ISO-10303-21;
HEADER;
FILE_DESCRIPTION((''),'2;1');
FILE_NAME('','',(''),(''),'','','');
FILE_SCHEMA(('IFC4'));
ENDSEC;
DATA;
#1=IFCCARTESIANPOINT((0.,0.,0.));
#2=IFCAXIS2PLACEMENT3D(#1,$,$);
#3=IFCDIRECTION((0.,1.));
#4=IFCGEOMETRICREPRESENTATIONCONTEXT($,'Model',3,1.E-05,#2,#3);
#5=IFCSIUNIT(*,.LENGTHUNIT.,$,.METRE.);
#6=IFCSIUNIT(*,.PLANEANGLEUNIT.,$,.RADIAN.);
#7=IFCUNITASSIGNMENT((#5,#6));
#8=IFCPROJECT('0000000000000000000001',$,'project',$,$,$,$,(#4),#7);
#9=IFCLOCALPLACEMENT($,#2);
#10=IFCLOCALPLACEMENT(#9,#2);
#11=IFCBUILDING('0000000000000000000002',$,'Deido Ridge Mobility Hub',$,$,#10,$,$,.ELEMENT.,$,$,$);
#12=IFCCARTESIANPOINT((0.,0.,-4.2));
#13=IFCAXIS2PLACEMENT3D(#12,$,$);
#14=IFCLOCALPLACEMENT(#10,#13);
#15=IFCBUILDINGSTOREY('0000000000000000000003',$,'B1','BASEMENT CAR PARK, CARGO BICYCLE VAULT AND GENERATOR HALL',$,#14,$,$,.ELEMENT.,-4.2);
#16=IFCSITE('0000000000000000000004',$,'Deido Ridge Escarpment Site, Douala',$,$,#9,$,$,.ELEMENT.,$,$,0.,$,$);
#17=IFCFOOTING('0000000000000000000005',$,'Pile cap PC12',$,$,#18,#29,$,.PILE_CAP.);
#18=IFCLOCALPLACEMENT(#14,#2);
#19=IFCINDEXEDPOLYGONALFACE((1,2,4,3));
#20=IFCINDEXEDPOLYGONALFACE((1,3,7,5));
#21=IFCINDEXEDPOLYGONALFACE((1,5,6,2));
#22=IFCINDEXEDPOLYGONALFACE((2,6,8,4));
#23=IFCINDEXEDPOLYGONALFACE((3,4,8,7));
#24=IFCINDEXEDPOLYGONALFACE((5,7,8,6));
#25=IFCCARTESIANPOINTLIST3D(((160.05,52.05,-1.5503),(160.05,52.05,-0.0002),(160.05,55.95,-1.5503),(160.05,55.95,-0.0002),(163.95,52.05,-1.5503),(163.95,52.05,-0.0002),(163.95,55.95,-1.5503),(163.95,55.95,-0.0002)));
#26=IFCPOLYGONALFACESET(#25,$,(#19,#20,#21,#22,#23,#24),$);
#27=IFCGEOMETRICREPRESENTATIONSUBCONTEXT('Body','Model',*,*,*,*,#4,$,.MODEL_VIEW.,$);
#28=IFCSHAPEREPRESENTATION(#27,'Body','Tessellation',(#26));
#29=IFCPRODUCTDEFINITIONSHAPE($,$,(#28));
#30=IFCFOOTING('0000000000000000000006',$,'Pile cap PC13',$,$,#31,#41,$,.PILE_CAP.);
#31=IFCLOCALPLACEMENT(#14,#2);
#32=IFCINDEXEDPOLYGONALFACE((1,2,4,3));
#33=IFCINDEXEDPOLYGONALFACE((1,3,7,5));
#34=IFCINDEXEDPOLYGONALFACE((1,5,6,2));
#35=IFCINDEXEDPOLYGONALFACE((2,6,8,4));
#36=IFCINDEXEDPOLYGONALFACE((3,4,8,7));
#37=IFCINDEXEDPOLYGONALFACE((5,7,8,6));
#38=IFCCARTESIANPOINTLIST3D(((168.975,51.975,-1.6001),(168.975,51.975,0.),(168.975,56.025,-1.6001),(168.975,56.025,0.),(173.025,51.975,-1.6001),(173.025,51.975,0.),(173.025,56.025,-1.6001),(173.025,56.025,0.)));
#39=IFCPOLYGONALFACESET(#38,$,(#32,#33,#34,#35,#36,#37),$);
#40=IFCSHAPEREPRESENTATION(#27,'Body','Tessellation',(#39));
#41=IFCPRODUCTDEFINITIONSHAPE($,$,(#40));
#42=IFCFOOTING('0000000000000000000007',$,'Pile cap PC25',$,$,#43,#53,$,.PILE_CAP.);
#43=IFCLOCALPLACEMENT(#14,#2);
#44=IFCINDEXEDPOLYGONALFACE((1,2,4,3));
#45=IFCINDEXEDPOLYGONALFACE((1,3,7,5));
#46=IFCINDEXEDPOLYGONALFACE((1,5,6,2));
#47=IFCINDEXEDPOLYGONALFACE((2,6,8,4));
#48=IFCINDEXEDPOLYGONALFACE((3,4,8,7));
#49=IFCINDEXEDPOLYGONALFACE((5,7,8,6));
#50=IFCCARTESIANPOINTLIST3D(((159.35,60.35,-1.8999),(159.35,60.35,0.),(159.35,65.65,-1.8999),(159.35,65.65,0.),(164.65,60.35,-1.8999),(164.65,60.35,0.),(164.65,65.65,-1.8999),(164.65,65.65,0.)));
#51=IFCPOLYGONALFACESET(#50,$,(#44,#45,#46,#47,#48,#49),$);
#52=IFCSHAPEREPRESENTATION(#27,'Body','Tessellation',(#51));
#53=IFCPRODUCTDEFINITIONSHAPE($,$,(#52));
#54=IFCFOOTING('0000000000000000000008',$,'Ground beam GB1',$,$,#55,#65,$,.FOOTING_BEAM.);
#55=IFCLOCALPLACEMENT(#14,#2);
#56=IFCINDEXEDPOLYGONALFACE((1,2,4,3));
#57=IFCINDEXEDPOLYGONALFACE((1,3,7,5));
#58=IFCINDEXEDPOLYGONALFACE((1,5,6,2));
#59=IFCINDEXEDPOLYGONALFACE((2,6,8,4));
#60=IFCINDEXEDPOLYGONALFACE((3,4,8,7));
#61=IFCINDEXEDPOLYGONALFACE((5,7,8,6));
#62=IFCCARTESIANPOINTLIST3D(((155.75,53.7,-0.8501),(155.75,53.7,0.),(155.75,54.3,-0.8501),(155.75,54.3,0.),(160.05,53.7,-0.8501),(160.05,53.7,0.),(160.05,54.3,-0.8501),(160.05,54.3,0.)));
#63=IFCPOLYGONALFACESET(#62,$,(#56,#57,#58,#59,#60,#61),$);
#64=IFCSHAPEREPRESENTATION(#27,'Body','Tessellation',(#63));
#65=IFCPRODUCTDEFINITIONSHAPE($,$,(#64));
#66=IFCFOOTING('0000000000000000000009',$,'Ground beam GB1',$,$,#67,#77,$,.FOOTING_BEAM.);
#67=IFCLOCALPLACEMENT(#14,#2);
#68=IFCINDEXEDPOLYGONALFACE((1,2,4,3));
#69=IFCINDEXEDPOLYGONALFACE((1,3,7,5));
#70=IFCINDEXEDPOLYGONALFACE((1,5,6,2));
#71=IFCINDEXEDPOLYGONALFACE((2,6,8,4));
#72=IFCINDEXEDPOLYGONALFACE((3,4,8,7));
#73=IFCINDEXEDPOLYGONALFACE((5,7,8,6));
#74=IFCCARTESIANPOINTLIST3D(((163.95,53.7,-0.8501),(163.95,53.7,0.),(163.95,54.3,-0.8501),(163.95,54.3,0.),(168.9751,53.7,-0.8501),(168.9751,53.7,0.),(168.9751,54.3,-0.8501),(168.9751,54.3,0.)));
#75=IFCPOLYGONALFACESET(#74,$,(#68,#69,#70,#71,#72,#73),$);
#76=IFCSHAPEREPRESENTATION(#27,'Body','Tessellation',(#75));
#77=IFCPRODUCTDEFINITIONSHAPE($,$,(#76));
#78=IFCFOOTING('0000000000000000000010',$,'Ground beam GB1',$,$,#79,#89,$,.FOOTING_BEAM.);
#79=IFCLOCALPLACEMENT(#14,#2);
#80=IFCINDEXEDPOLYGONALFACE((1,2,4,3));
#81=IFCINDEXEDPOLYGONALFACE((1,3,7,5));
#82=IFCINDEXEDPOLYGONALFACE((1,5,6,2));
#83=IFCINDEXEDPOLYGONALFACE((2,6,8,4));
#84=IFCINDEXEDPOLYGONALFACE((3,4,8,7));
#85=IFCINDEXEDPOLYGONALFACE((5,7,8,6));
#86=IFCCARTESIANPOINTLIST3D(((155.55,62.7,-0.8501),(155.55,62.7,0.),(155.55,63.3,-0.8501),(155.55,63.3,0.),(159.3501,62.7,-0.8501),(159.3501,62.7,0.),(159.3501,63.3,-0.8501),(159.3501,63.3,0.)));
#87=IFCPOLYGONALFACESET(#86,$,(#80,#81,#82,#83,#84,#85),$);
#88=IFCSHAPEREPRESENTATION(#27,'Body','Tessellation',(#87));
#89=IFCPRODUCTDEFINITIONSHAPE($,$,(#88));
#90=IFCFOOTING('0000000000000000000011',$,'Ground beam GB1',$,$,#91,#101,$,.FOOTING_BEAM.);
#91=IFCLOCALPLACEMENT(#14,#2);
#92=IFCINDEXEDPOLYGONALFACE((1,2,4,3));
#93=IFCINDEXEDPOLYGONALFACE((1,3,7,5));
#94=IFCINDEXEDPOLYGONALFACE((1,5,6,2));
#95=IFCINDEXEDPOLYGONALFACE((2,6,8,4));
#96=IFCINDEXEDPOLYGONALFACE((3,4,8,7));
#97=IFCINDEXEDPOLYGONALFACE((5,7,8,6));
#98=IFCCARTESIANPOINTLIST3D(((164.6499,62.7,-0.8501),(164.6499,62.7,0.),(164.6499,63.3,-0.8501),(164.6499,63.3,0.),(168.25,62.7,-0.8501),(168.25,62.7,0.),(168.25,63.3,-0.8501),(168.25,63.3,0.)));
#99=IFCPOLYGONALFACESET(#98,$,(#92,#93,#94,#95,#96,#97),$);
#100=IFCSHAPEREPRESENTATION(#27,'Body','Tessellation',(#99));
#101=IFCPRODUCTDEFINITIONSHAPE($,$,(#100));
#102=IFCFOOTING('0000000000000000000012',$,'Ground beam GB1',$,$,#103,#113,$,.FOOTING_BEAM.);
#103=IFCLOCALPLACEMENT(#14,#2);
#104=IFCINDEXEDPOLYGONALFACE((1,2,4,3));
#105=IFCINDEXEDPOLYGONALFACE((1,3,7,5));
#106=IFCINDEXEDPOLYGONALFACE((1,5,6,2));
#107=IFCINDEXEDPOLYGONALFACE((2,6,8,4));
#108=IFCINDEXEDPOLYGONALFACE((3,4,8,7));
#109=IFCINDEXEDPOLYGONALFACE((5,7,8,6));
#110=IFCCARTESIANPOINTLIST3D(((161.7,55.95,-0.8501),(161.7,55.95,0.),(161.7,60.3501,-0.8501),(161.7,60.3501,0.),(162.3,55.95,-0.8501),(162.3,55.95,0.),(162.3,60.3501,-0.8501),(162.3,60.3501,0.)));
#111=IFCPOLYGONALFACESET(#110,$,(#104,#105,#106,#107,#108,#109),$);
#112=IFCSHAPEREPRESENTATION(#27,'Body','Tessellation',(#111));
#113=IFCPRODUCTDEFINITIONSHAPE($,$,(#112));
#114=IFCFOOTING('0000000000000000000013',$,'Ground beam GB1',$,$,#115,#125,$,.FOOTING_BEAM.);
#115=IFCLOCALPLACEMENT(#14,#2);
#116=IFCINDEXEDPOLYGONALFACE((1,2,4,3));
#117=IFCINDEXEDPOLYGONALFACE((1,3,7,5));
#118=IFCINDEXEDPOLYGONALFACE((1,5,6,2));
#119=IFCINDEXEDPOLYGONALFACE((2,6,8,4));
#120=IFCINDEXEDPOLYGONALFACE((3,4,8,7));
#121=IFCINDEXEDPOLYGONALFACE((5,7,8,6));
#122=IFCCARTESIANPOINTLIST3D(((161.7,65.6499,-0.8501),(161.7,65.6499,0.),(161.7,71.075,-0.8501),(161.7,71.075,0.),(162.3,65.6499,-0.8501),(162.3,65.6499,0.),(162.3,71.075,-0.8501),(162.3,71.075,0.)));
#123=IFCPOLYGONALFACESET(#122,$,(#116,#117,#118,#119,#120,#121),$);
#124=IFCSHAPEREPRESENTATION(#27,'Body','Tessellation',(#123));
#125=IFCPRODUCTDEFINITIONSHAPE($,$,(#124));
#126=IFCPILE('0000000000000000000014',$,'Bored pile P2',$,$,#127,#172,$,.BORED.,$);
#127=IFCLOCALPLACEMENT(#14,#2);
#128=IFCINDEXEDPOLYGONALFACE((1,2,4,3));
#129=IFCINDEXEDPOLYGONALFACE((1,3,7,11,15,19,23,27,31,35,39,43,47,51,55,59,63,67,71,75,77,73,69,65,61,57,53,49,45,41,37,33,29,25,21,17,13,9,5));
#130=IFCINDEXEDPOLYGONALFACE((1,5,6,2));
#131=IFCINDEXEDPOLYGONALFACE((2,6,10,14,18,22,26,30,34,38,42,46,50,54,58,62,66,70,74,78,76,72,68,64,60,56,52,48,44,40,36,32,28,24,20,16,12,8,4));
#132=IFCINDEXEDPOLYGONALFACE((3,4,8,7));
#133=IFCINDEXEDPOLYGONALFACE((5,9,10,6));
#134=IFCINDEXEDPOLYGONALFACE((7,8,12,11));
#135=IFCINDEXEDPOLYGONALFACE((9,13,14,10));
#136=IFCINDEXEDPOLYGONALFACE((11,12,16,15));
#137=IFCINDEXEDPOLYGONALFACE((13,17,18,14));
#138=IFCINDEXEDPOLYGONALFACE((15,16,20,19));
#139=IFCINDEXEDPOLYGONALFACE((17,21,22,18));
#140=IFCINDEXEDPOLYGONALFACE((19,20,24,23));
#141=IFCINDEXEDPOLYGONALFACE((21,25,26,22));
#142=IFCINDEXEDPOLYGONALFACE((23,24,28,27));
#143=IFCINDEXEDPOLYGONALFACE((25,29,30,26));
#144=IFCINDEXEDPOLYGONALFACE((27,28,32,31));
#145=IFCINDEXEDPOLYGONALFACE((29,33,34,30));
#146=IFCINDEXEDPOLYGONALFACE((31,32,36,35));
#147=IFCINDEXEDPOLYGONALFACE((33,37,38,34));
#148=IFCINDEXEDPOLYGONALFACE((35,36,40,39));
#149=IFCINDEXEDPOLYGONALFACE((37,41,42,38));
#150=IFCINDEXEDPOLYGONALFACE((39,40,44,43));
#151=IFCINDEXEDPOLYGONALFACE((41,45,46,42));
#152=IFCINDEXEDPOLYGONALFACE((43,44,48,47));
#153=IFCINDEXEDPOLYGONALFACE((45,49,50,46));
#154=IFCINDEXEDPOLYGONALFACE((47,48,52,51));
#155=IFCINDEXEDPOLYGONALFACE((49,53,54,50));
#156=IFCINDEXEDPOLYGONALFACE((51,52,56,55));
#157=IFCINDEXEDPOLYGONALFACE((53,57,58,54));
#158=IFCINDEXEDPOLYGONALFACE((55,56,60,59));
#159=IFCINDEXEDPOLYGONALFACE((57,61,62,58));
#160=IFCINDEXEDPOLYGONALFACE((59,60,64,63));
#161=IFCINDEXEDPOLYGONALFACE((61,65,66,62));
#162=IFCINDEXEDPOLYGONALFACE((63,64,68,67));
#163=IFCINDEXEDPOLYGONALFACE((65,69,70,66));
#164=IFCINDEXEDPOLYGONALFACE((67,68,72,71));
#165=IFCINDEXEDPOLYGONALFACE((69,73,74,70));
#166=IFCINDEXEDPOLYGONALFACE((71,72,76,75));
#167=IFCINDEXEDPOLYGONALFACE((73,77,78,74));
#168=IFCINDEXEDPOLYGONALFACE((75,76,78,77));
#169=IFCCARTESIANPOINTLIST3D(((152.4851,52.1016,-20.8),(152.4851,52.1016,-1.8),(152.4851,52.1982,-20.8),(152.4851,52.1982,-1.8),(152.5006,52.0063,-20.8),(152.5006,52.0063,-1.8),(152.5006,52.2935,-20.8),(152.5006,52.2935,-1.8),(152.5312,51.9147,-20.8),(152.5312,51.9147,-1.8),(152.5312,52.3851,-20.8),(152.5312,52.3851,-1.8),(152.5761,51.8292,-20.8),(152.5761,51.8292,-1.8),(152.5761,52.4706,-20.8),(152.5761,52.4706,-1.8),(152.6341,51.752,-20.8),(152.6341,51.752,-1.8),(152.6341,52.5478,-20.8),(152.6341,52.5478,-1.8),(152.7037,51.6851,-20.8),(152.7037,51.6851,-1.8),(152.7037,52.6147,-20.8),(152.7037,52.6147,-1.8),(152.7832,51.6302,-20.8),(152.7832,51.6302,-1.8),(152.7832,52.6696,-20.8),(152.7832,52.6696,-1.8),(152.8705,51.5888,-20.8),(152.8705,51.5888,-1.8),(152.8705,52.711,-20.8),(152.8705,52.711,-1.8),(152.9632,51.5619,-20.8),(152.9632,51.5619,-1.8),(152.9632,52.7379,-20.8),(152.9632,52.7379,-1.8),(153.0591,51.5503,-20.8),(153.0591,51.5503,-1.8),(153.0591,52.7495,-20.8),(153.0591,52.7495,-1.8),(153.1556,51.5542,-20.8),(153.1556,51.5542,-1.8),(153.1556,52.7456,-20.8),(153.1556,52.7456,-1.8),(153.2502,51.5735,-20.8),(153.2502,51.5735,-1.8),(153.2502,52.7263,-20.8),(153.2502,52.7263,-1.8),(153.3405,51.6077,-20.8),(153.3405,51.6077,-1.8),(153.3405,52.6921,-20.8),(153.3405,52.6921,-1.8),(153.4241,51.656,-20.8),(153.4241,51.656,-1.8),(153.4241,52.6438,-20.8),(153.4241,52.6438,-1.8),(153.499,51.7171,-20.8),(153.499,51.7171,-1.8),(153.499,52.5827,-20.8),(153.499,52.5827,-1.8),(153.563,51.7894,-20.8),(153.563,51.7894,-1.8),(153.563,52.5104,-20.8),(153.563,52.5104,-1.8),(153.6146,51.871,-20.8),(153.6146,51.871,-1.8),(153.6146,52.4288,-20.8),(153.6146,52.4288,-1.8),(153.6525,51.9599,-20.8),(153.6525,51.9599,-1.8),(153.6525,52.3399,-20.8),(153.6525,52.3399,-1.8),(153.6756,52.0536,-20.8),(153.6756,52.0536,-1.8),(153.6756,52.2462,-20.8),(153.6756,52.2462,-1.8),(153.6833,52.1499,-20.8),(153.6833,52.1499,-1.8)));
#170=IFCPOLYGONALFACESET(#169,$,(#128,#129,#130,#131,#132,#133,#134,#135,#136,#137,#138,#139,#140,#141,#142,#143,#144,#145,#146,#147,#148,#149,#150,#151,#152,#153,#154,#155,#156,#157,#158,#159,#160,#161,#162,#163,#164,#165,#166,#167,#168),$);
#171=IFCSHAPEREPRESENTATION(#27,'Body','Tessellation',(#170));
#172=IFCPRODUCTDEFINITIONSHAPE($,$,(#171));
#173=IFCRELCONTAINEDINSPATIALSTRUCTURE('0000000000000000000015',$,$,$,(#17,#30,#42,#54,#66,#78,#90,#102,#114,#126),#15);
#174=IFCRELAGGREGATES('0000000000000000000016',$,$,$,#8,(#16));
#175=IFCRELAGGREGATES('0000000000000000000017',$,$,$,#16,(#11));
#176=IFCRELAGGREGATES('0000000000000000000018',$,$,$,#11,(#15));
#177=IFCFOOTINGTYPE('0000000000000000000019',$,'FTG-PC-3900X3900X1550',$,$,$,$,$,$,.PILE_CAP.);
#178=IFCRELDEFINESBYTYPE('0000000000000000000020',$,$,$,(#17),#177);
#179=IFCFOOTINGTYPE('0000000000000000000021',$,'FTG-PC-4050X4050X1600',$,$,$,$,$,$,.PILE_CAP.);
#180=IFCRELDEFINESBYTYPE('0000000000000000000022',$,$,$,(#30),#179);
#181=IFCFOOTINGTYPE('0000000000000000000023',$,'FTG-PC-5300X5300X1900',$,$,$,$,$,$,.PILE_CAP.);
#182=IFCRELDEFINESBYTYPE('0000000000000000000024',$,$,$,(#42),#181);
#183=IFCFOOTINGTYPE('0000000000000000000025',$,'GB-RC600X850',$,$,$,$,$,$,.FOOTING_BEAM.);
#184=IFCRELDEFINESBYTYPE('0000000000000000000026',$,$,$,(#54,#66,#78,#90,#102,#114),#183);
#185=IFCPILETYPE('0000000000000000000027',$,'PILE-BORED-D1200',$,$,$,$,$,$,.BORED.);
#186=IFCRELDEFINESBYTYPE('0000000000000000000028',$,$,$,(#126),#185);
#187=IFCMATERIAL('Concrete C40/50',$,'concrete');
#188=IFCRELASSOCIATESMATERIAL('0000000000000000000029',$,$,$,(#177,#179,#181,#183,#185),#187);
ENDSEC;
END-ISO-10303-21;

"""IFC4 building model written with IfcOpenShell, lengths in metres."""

from ifc_helpers import new_model, si_unit, direction, frame, origin, origin_2d, place, context, subcontext, project, spatial, rectangle, circle, extrude, material, material_profile, profile_set, type_object, element, save


model = new_model("IFC4")

# Units and contexts
model_context = context("Model", 3, precision=1e-05, world=origin(), true_north=direction((0.0, 1.0)))
body_context = subcontext(model_context, "Body", "Model", "MODEL_VIEW")
ifc_project = project(units=[si_unit("LENGTHUNIT", "METRE"), si_unit("PLANEANGLEUNIT", "RADIAN")], contexts=[model_context])

# Site, building, storey
site_placement = place(None, origin())
site = spatial("IfcSite", under=ifc_project, at=site_placement, Name="Deido Ridge Escarpment Site, Douala", CompositionType="ELEMENT", RefElevation=0.0)
building_placement = place(site_placement, origin())
building = spatial("IfcBuilding", under=site, at=building_placement, Name="Deido Ridge Mobility Hub", CompositionType="ELEMENT")
storey_placement = place(building_placement, frame((0.0, 0.0, -4.2)))
storey = spatial("IfcBuildingStorey", under=building, at=storey_placement, Name="B1", Description="BASEMENT CAR PARK, CARGO BICYCLE VAULT AND GENERATOR HALL", CompositionType="ELEMENT", Elevation=-4.2)

# Footings
ifc_material_1 = material(Name="Concrete C40/50", Category="concrete")
footing_type_1 = type_object("IfcFootingType", Name="FTG-PC-3900X3900X1550", PredefinedType="PILE_CAP", material=ifc_material_1)
footing_1_placement = place(storey_placement, frame((162.0, 54.0, -1.5503), z_axis=(0.0, 0.0, 1.0), x_axis=(1.0, 0.0, 0.0)))
element("IfcFooting", 1, at=footing_1_placement, inside=storey, type_object=footing_type_1, Name="Pile cap PC12", PredefinedType="PILE_CAP", context=body_context, shape_type="SweptSolid", body=[
    extrude(rectangle(XDim=3.8999, YDim=3.8999, at=origin_2d()), origin(), (0.0, 0.0, 1.0), 1.55),
])
footing_type_2 = type_object("IfcFootingType", Name="FTG-PC-4050X4050X1600", PredefinedType="PILE_CAP", material=ifc_material_1)
footing_2_placement = place(storey_placement, frame((171.0, 54.0, -1.6001), z_axis=(0.0, 0.0, 1.0), x_axis=(1.0, 0.0, 0.0)))
element("IfcFooting", 2, at=footing_2_placement, inside=storey, type_object=footing_type_2, Name="Pile cap PC13", PredefinedType="PILE_CAP", context=body_context, shape_type="SweptSolid", body=[
    extrude(rectangle(XDim=4.05, YDim=4.05, at=origin_2d()), origin(), (0.0, 0.0, 1.0), 1.6001),
])
footing_type_3 = type_object("IfcFootingType", Name="FTG-PC-5300X5300X1900", PredefinedType="PILE_CAP", material=ifc_material_1)
footing_3_placement = place(storey_placement, frame((162.0, 63.0, -1.8999), z_axis=(0.0, 0.0, 1.0), x_axis=(1.0, 0.0, 0.0)))
element("IfcFooting", 3, at=footing_3_placement, inside=storey, type_object=footing_type_3, Name="Pile cap PC25", PredefinedType="PILE_CAP", context=body_context, shape_type="SweptSolid", body=[
    extrude(rectangle(XDim=5.3, YDim=5.3, at=origin_2d()), origin(), (0.0, 0.0, 1.0), 1.8999),
])
ifc_material_profile_1 = material_profile(ifc_material_1, rectangle(XDim=0.6001, YDim=0.8501, at=origin_2d()), Name="RC GB 600x850")
ifc_profile_set_1 = profile_set([ifc_material_profile_1], Name="Concrete C40/50")
footing_type_4 = type_object("IfcFootingType", Name="GB-RC600X850", PredefinedType="FOOTING_BEAM", material=ifc_profile_set_1)
footing_4_placement = place(storey_placement, frame((155.75, 54.0, -0.425), z_axis=(1.0, 0.0, 0.0), x_axis=(0.0, 1.0, 0.0)))
element("IfcFooting", 4, at=footing_4_placement, inside=storey, type_object=footing_type_4, Name="Ground beam GB1", PredefinedType="FOOTING_BEAM", context=body_context, shape_type="SweptSolid", body=[
    extrude(rectangle(XDim=0.6001, YDim=0.8501, at=origin_2d()), origin(), (0.0, 0.0, 1.0), 4.3),
])
footing_5_placement = place(storey_placement, frame((163.95, 54.0, -0.425), z_axis=(1.0, 0.0, 0.0), x_axis=(0.0, 1.0, 0.0)))
element("IfcFooting", 5, at=footing_5_placement, inside=storey, type_object=footing_type_4, Name="Ground beam GB1", PredefinedType="FOOTING_BEAM", context=body_context, shape_type="SweptSolid", body=[
    extrude(rectangle(XDim=0.6001, YDim=0.8501, at=origin_2d()), origin(), (0.0, 0.0, 1.0), 5.0251),
])
footing_6_placement = place(storey_placement, frame((155.55, 63.0, -0.425), z_axis=(1.0, 0.0, 0.0), x_axis=(0.0, 1.0, 0.0)))
element("IfcFooting", 6, at=footing_6_placement, inside=storey, type_object=footing_type_4, Name="Ground beam GB1", PredefinedType="FOOTING_BEAM", context=body_context, shape_type="SweptSolid", body=[
    extrude(rectangle(XDim=0.6001, YDim=0.8501, at=origin_2d()), origin(), (0.0, 0.0, 1.0), 3.8),
])
footing_7_placement = place(storey_placement, frame((164.6499, 63.0, -0.425), z_axis=(1.0, 0.0, 0.0), x_axis=(0.0, 1.0, 0.0)))
element("IfcFooting", 7, at=footing_7_placement, inside=storey, type_object=footing_type_4, Name="Ground beam GB1", PredefinedType="FOOTING_BEAM", context=body_context, shape_type="SweptSolid", body=[
    extrude(rectangle(XDim=0.6001, YDim=0.8501, at=origin_2d()), origin(), (0.0, 0.0, 1.0), 3.6001),
])
footing_8_placement = place(storey_placement, frame((162.0, 55.95, -0.425), z_axis=(0.0, 1.0, 0.0), x_axis=(-1.0, 0.0, 0.0)))
element("IfcFooting", 8, at=footing_8_placement, inside=storey, type_object=footing_type_4, Name="Ground beam GB1", PredefinedType="FOOTING_BEAM", context=body_context, shape_type="SweptSolid", body=[
    extrude(rectangle(XDim=0.6001, YDim=0.8501, at=origin_2d()), origin(), (0.0, 0.0, 1.0), 4.4001),
])
footing_9_placement = place(storey_placement, frame((162.0, 65.6499, -0.425), z_axis=(0.0, 1.0, 0.0), x_axis=(-1.0, 0.0, 0.0)))
element("IfcFooting", 9, at=footing_9_placement, inside=storey, type_object=footing_type_4, Name="Ground beam GB1", PredefinedType="FOOTING_BEAM", context=body_context, shape_type="SweptSolid", body=[
    extrude(rectangle(XDim=0.6001, YDim=0.8501, at=origin_2d()), origin(), (0.0, 0.0, 1.0), 5.425),
])

# Pile
ifc_material_profile_2 = material_profile(ifc_material_1, circle(Radius=0.6001, at=origin_2d()), Name="BORED PILE D1200")
ifc_profile_set_2 = profile_set([ifc_material_profile_2], Name="Concrete C40/50")
pile_type_1 = type_object("IfcPileType", Name="PILE-BORED-D1200", PredefinedType="BORED", material=ifc_profile_set_2)
for number, where, z_axis, x_axis, name in (
    (10, (153.0833, 52.1499, -1.8), (0.0, 0.0, -1.0), (1.0, 0.0, 0.0), "Bored pile P2"),
):
    element("IfcPile", number, at=place(storey_placement, frame(where, z_axis=z_axis, x_axis=x_axis)), inside=storey, type_object=pile_type_1, Name=name, PredefinedType="BORED", context=body_context, shape_type="SweptSolid", body=[
        extrude(circle(Radius=0.6001, at=origin_2d()), origin(), (0.0, 0.0, 1.0), 19.0),
    ])

save(model, "model.ifc")
